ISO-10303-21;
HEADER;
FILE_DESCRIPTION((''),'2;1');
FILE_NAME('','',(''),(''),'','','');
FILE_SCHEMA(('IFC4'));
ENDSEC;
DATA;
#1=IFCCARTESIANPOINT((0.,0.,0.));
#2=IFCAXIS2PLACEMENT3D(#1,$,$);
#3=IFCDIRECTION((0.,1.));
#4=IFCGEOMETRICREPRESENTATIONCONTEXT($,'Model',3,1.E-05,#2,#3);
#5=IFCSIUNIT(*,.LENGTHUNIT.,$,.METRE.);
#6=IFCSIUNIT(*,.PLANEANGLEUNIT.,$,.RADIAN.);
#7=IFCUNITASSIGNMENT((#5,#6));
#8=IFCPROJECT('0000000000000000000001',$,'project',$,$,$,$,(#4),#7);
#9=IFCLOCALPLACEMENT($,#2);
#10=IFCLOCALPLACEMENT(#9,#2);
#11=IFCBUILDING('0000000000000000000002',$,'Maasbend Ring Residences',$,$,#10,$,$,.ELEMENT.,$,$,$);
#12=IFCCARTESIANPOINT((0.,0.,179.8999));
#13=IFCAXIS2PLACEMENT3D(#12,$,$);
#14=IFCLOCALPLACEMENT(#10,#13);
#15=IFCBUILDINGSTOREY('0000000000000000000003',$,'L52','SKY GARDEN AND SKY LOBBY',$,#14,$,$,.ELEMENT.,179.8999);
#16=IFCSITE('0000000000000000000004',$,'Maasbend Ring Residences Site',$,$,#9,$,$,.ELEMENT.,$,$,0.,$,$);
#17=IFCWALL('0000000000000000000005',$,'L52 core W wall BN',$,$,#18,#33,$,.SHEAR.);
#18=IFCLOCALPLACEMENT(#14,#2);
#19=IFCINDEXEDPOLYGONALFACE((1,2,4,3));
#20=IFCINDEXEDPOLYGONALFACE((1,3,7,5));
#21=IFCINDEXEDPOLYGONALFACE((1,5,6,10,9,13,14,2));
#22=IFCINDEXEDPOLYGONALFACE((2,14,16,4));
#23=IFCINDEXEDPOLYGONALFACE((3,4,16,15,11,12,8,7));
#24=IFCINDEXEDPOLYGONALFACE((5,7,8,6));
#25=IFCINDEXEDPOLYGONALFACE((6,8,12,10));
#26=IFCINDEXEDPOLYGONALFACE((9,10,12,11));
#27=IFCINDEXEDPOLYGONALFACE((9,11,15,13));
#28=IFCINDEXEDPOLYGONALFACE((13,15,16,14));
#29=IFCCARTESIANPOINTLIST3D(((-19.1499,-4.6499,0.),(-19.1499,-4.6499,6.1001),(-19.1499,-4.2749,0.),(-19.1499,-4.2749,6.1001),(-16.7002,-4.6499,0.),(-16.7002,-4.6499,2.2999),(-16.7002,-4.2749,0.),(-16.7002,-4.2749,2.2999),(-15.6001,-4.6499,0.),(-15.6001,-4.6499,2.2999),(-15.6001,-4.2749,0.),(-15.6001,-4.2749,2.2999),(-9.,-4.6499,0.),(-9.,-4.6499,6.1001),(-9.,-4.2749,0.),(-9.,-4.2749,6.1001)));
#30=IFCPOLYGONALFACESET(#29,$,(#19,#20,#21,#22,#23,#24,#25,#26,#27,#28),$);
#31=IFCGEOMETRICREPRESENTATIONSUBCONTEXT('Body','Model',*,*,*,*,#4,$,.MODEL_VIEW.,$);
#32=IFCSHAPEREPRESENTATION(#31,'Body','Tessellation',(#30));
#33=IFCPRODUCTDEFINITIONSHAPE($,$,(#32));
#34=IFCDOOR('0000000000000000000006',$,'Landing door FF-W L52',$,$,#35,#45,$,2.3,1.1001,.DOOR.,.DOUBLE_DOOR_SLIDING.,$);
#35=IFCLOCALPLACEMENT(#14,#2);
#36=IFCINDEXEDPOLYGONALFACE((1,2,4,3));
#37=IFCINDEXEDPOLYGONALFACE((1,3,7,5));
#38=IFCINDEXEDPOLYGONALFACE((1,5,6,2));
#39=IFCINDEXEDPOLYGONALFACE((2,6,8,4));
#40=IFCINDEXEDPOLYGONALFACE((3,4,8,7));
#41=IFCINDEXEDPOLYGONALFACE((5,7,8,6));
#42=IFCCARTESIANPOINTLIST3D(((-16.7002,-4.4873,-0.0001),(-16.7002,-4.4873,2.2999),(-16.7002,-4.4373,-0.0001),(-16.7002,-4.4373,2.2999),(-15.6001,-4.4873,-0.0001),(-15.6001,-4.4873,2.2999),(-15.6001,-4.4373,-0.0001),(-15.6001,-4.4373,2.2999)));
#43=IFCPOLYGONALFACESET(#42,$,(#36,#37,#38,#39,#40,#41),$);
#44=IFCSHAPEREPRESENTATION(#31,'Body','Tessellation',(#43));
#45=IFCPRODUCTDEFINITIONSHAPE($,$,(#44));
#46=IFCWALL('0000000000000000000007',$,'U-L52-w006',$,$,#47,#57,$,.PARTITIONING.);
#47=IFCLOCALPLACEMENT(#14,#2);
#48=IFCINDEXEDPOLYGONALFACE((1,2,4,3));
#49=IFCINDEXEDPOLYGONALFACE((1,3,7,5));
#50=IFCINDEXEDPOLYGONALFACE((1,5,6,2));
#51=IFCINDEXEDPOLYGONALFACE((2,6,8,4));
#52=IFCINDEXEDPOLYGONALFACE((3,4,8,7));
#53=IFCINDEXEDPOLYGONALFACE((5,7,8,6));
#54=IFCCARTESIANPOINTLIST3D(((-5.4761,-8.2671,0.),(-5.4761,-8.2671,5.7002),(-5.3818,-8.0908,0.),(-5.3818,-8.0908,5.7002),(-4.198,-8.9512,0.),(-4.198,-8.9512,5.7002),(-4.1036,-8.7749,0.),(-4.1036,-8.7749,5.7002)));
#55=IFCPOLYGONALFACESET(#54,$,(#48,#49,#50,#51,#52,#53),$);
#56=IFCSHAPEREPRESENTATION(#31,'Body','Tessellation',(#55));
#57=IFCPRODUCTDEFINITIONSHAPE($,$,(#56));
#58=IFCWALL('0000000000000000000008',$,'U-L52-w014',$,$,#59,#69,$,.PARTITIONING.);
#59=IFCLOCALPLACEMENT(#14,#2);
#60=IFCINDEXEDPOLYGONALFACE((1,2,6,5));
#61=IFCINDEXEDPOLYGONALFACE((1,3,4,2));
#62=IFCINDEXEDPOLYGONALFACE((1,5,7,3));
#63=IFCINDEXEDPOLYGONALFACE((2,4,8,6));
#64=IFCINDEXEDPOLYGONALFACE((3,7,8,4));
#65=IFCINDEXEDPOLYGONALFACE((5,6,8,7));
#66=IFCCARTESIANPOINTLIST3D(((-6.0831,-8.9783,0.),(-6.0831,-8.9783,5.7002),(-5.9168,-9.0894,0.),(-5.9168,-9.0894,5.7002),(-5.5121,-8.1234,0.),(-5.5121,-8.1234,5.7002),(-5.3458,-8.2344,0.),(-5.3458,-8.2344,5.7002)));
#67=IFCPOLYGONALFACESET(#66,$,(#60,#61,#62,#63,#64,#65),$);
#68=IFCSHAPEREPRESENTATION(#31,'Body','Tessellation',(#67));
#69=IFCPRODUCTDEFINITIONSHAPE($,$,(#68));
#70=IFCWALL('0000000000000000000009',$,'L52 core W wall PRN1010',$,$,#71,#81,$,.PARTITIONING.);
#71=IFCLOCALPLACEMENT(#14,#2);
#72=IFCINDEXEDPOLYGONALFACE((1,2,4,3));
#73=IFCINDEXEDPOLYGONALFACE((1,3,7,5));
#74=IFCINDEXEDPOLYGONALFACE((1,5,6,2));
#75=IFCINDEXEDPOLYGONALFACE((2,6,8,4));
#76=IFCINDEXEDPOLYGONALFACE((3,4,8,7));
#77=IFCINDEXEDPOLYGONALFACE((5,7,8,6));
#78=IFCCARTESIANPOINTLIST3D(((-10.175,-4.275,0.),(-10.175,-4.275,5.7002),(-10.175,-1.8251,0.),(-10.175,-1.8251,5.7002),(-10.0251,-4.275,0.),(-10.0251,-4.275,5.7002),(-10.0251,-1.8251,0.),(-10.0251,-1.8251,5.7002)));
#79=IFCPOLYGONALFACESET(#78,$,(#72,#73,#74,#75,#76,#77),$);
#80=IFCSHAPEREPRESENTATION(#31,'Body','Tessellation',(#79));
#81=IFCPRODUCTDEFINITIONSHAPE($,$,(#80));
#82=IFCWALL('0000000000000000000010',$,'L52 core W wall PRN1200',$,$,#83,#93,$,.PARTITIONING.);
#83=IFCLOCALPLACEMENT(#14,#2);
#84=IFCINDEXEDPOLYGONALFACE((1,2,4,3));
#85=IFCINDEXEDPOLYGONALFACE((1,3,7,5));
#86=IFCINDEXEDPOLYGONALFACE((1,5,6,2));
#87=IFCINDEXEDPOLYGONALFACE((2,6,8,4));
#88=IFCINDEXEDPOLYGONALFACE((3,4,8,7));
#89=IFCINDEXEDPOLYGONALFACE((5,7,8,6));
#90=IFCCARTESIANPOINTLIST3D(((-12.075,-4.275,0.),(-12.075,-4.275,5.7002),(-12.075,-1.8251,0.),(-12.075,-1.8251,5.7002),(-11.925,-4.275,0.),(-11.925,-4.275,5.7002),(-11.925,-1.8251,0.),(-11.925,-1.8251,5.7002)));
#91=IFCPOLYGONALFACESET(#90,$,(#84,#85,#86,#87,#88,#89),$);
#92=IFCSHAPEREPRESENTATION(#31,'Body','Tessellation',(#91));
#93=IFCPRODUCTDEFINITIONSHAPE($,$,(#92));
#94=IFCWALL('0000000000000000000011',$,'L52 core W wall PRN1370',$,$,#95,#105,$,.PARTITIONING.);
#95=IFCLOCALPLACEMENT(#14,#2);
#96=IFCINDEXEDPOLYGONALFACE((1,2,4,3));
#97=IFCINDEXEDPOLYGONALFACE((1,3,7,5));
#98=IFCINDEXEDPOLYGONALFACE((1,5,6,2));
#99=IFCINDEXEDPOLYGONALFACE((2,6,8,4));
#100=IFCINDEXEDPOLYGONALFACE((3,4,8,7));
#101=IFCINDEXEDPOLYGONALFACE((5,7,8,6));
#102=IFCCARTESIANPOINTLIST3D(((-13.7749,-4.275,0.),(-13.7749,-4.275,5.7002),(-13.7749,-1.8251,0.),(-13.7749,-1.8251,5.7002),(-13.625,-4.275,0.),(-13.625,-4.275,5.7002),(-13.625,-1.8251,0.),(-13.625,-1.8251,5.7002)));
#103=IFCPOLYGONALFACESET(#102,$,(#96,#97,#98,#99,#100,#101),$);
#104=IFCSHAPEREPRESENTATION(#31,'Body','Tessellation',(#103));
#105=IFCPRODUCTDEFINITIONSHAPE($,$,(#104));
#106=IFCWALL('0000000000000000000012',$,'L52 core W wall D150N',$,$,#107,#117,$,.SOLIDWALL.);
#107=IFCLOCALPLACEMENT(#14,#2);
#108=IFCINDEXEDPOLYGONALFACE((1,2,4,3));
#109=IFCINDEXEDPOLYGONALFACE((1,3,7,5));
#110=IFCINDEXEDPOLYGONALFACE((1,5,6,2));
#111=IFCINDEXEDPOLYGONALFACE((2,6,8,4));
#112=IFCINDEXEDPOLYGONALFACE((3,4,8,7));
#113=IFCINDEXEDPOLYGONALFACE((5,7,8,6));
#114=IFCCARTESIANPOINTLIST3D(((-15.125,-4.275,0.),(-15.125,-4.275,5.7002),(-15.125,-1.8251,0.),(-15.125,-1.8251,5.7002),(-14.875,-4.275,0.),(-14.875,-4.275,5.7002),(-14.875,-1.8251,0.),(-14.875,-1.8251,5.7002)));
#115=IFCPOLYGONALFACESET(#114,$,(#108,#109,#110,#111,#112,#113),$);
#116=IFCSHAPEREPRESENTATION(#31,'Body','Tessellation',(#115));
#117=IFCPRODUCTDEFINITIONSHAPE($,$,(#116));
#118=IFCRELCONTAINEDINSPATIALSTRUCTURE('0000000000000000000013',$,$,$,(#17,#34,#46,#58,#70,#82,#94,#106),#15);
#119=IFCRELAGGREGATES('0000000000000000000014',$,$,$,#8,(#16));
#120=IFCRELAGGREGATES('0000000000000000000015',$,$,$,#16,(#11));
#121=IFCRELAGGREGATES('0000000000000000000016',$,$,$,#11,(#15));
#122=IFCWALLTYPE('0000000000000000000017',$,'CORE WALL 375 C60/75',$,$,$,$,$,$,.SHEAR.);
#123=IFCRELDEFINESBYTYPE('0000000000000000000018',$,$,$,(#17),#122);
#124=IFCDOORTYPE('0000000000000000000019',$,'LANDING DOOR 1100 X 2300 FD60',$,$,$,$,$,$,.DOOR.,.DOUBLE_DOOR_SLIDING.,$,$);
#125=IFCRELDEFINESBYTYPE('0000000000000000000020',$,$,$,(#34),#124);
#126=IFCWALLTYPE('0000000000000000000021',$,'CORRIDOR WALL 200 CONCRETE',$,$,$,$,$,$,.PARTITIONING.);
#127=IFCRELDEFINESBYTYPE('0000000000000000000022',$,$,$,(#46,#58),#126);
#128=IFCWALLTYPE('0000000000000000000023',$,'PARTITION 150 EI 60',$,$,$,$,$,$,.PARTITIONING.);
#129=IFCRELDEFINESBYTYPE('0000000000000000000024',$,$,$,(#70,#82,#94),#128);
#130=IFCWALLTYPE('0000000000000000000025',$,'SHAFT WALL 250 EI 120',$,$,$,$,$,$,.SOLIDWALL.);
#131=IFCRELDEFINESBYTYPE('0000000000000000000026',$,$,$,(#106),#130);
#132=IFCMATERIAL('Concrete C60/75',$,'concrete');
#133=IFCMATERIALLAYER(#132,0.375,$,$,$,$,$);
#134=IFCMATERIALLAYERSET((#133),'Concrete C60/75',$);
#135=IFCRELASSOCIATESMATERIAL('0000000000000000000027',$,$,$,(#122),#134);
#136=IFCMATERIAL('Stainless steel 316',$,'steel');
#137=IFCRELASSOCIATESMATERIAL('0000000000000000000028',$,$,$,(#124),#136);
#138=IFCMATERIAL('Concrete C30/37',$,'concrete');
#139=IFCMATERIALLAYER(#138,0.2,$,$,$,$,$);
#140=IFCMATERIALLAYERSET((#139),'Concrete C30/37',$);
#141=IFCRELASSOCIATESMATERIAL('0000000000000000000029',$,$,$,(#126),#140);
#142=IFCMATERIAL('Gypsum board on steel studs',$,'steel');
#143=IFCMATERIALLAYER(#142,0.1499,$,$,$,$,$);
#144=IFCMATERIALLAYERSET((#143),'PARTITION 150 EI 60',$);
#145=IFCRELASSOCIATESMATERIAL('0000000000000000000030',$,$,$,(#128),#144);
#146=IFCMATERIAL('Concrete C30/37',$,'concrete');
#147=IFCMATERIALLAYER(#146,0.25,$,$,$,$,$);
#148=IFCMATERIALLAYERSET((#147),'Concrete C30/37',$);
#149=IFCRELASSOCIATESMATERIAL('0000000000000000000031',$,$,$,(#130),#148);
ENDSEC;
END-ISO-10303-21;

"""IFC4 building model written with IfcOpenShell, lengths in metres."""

from ifc_helpers import new_model, si_unit, direction, frame, frame_2d, origin, place, context, subcontext, project, spatial, rectangle, extrude, material, layer, layer_set, type_object, element, fill, save


model = new_model("IFC4")

# Units and contexts
model_context = context("Model", 3, precision=1e-05, world=origin(), true_north=direction((0.0, 1.0)))
body_context = subcontext(model_context, "Body", "Model", "MODEL_VIEW")
ifc_project = project(units=[si_unit("LENGTHUNIT", "METRE"), si_unit("PLANEANGLEUNIT", "RADIAN")], contexts=[model_context])

# Site, building, storey
site_placement = place(None, origin())
site = spatial("IfcSite", under=ifc_project, at=site_placement, Name="Maasbend Ring Residences Site", CompositionType="ELEMENT", RefElevation=0.0)
building_placement = place(site_placement, origin())
building = spatial("IfcBuilding", under=site, at=building_placement, Name="Maasbend Ring Residences", CompositionType="ELEMENT")
storey_placement = place(building_placement, frame((0.0, 0.0, 179.8999)))
storey = spatial("IfcBuildingStorey", under=building, at=storey_placement, Name="L52", Description="SKY GARDEN AND SKY LOBBY", CompositionType="ELEMENT", Elevation=179.8999)

# Wall, opening, door
ifc_material_1 = material(Name="Concrete C60/75", Category="concrete")
ifc_layer_1 = layer(ifc_material_1, 0.375)
ifc_layer_set_1 = layer_set([ifc_layer_1], Name="Concrete C60/75")
wall_type_1 = type_object("IfcWallType", Name="CORE WALL 375 C60/75", PredefinedType="SHEAR", material=ifc_layer_set_1)
wall_1_placement = place(storey_placement, frame((-9.0, -4.4624, 0.0), z_axis=(0.0, 0.0, 1.0), x_axis=(-1.0, 0.0, 0.0)))
wall_1 = element("IfcWall", 1, at=wall_1_placement, inside=storey, type_object=wall_type_1, Name="L52 core W wall BN", PredefinedType="SHEAR", context=body_context, shape_type="SweptSolid", body=[
    extrude(rectangle(XDim=10.1499, YDim=0.375, at=frame_2d((5.075, 0.0))), origin(), (0.0, 0.0, 1.0), 6.1001),
])
opening_1_placement = place(wall_1_placement, frame((6.6001, 0.0, 0.0)))
opening_1 = element("IfcOpeningElement", 2, at=opening_1_placement, cuts=wall_1, PredefinedType="OPENING", context=body_context, shape_type="SweptSolid", body=[
    extrude(rectangle(XDim=1.1001, YDim=2.3, at=frame_2d((0.55, 1.1499))), frame((0.0, 0.1975, 0.0), z_axis=(0.0, -1.0, 0.0), x_axis=(1.0, 0.0, 0.0)), (0.0, 0.0, 1.0), 0.395),
])
ifc_material_2 = material(Name="Stainless steel 316", Category="steel")
door_type_1 = type_object("IfcDoorType", Name="LANDING DOOR 1100 X 2300 FD60", OperationType="DOUBLE_DOOR_SLIDING", PredefinedType="DOOR", material=ifc_material_2)
door_1_placement = place(opening_1_placement, origin())
door_1 = element("IfcDoor", 3, at=door_1_placement, inside=storey, type_object=door_type_1, Name="Landing door FF-W L52", OperationType="DOUBLE_DOOR_SLIDING", OverallHeight=2.3, OverallWidth=1.1001, PredefinedType="DOOR", context=body_context, shape_type="SweptSolid", body=[
    extrude(rectangle(XDim=1.1001, YDim=2.3, at=frame_2d((0.55, 1.1499))), frame((0.0, 0.0249, 0.0), z_axis=(0.0, -1.0, 0.0), x_axis=(1.0, 0.0, 0.0)), (0.0, 0.0, 1.0), 0.05),
])
fill(opening_1, door_1)

# Walls
ifc_material_3 = material(Name="Concrete C30/37", Category="concrete")
ifc_layer_2 = layer(ifc_material_3, 0.2)
ifc_layer_set_2 = layer_set([ifc_layer_2], Name="Concrete C30/37")
wall_type_2 = type_object("IfcWallType", Name="CORRIDOR WALL 200 CONCRETE", PredefinedType="PARTITIONING", material=ifc_layer_set_2)
wall_2_placement = place(storey_placement, frame((-5.429, -8.179, 0.0), z_axis=(0.0, 0.0, 1.0), x_axis=(0.881653, -0.471899, 0.0)))
element("IfcWall", 4, at=wall_2_placement, inside=storey, type_object=wall_type_2, Name="U-L52-w006", PredefinedType="PARTITIONING", context=body_context, shape_type="SweptSolid", body=[
    extrude(rectangle(XDim=1.4497, YDim=0.2, at=frame_2d((0.7249, 0.0))), origin(), (0.0, 0.0, 1.0), 5.7002),
])
wall_3_placement = place(storey_placement, frame((-6.0, -9.0339, 0.0), z_axis=(0.0, 0.0, 1.0), x_axis=(0.555412, 0.831575, 0.0)))
element("IfcWall", 5, at=wall_3_placement, inside=storey, type_object=wall_type_2, Name="U-L52-w014", PredefinedType="PARTITIONING", context=body_context, shape_type="SweptSolid", body=[
    extrude(rectangle(XDim=1.0281, YDim=0.2, at=frame_2d((0.5142, 0.0))), origin(), (0.0, 0.0, 1.0), 5.7002),
])
ifc_material_4 = material(Name="Gypsum board on steel studs", Category="steel")
ifc_layer_3 = layer(ifc_material_4, 0.1499)
ifc_layer_set_3 = layer_set([ifc_layer_3], Name="PARTITION 150 EI 60")
wall_type_3 = type_object("IfcWallType", Name="PARTITION 150 EI 60", PredefinedType="PARTITIONING", material=ifc_layer_set_3)
for number, where, z_axis, x_axis, name in (
    (6, (-10.1001, -1.825, 0.0), (0.0, 0.0, 1.0), (0.0, -1.0, 0.0), "L52 core W wall PRN1010"),
    (7, (-12.0, -1.825, 0.0), (0.0, 0.0, 1.0), (0.0, -1.0, 0.0), "L52 core W wall PRN1200"),
    (8, (-13.7, -1.825, 0.0), (0.0, 0.0, 1.0), (0.0, -1.0, 0.0), "L52 core W wall PRN1370"),
):
    element("IfcWall", number, at=place(storey_placement, frame(where, z_axis=z_axis, x_axis=x_axis)), inside=storey, type_object=wall_type_3, Name=name, PredefinedType="PARTITIONING", context=body_context, shape_type="SweptSolid", body=[
        extrude(rectangle(XDim=2.45, YDim=0.1499, at=frame_2d((1.2251, 0.0))), origin(), (0.0, 0.0, 1.0), 5.7002),
    ])
ifc_material_5 = material(Name="Concrete C30/37", Category="concrete")
ifc_layer_4 = layer(ifc_material_5, 0.25)
ifc_layer_set_4 = layer_set([ifc_layer_4], Name="Concrete C30/37")
wall_type_4 = type_object("IfcWallType", Name="SHAFT WALL 250 EI 120", PredefinedType="SOLIDWALL", material=ifc_layer_set_4)
wall_4_placement = place(storey_placement, frame((-15.0, -1.825, 0.0), z_axis=(0.0, 0.0, 1.0), x_axis=(0.0, -1.0, 0.0)))
element("IfcWall", 9, at=wall_4_placement, inside=storey, type_object=wall_type_4, Name="L52 core W wall D150N", PredefinedType="SOLIDWALL", context=body_context, shape_type="SweptSolid", body=[
    extrude(rectangle(XDim=2.45, YDim=0.25, at=frame_2d((1.2251, 0.0))), origin(), (0.0, 0.0, 1.0), 5.7002),
])

save(model, "model.ifc")
